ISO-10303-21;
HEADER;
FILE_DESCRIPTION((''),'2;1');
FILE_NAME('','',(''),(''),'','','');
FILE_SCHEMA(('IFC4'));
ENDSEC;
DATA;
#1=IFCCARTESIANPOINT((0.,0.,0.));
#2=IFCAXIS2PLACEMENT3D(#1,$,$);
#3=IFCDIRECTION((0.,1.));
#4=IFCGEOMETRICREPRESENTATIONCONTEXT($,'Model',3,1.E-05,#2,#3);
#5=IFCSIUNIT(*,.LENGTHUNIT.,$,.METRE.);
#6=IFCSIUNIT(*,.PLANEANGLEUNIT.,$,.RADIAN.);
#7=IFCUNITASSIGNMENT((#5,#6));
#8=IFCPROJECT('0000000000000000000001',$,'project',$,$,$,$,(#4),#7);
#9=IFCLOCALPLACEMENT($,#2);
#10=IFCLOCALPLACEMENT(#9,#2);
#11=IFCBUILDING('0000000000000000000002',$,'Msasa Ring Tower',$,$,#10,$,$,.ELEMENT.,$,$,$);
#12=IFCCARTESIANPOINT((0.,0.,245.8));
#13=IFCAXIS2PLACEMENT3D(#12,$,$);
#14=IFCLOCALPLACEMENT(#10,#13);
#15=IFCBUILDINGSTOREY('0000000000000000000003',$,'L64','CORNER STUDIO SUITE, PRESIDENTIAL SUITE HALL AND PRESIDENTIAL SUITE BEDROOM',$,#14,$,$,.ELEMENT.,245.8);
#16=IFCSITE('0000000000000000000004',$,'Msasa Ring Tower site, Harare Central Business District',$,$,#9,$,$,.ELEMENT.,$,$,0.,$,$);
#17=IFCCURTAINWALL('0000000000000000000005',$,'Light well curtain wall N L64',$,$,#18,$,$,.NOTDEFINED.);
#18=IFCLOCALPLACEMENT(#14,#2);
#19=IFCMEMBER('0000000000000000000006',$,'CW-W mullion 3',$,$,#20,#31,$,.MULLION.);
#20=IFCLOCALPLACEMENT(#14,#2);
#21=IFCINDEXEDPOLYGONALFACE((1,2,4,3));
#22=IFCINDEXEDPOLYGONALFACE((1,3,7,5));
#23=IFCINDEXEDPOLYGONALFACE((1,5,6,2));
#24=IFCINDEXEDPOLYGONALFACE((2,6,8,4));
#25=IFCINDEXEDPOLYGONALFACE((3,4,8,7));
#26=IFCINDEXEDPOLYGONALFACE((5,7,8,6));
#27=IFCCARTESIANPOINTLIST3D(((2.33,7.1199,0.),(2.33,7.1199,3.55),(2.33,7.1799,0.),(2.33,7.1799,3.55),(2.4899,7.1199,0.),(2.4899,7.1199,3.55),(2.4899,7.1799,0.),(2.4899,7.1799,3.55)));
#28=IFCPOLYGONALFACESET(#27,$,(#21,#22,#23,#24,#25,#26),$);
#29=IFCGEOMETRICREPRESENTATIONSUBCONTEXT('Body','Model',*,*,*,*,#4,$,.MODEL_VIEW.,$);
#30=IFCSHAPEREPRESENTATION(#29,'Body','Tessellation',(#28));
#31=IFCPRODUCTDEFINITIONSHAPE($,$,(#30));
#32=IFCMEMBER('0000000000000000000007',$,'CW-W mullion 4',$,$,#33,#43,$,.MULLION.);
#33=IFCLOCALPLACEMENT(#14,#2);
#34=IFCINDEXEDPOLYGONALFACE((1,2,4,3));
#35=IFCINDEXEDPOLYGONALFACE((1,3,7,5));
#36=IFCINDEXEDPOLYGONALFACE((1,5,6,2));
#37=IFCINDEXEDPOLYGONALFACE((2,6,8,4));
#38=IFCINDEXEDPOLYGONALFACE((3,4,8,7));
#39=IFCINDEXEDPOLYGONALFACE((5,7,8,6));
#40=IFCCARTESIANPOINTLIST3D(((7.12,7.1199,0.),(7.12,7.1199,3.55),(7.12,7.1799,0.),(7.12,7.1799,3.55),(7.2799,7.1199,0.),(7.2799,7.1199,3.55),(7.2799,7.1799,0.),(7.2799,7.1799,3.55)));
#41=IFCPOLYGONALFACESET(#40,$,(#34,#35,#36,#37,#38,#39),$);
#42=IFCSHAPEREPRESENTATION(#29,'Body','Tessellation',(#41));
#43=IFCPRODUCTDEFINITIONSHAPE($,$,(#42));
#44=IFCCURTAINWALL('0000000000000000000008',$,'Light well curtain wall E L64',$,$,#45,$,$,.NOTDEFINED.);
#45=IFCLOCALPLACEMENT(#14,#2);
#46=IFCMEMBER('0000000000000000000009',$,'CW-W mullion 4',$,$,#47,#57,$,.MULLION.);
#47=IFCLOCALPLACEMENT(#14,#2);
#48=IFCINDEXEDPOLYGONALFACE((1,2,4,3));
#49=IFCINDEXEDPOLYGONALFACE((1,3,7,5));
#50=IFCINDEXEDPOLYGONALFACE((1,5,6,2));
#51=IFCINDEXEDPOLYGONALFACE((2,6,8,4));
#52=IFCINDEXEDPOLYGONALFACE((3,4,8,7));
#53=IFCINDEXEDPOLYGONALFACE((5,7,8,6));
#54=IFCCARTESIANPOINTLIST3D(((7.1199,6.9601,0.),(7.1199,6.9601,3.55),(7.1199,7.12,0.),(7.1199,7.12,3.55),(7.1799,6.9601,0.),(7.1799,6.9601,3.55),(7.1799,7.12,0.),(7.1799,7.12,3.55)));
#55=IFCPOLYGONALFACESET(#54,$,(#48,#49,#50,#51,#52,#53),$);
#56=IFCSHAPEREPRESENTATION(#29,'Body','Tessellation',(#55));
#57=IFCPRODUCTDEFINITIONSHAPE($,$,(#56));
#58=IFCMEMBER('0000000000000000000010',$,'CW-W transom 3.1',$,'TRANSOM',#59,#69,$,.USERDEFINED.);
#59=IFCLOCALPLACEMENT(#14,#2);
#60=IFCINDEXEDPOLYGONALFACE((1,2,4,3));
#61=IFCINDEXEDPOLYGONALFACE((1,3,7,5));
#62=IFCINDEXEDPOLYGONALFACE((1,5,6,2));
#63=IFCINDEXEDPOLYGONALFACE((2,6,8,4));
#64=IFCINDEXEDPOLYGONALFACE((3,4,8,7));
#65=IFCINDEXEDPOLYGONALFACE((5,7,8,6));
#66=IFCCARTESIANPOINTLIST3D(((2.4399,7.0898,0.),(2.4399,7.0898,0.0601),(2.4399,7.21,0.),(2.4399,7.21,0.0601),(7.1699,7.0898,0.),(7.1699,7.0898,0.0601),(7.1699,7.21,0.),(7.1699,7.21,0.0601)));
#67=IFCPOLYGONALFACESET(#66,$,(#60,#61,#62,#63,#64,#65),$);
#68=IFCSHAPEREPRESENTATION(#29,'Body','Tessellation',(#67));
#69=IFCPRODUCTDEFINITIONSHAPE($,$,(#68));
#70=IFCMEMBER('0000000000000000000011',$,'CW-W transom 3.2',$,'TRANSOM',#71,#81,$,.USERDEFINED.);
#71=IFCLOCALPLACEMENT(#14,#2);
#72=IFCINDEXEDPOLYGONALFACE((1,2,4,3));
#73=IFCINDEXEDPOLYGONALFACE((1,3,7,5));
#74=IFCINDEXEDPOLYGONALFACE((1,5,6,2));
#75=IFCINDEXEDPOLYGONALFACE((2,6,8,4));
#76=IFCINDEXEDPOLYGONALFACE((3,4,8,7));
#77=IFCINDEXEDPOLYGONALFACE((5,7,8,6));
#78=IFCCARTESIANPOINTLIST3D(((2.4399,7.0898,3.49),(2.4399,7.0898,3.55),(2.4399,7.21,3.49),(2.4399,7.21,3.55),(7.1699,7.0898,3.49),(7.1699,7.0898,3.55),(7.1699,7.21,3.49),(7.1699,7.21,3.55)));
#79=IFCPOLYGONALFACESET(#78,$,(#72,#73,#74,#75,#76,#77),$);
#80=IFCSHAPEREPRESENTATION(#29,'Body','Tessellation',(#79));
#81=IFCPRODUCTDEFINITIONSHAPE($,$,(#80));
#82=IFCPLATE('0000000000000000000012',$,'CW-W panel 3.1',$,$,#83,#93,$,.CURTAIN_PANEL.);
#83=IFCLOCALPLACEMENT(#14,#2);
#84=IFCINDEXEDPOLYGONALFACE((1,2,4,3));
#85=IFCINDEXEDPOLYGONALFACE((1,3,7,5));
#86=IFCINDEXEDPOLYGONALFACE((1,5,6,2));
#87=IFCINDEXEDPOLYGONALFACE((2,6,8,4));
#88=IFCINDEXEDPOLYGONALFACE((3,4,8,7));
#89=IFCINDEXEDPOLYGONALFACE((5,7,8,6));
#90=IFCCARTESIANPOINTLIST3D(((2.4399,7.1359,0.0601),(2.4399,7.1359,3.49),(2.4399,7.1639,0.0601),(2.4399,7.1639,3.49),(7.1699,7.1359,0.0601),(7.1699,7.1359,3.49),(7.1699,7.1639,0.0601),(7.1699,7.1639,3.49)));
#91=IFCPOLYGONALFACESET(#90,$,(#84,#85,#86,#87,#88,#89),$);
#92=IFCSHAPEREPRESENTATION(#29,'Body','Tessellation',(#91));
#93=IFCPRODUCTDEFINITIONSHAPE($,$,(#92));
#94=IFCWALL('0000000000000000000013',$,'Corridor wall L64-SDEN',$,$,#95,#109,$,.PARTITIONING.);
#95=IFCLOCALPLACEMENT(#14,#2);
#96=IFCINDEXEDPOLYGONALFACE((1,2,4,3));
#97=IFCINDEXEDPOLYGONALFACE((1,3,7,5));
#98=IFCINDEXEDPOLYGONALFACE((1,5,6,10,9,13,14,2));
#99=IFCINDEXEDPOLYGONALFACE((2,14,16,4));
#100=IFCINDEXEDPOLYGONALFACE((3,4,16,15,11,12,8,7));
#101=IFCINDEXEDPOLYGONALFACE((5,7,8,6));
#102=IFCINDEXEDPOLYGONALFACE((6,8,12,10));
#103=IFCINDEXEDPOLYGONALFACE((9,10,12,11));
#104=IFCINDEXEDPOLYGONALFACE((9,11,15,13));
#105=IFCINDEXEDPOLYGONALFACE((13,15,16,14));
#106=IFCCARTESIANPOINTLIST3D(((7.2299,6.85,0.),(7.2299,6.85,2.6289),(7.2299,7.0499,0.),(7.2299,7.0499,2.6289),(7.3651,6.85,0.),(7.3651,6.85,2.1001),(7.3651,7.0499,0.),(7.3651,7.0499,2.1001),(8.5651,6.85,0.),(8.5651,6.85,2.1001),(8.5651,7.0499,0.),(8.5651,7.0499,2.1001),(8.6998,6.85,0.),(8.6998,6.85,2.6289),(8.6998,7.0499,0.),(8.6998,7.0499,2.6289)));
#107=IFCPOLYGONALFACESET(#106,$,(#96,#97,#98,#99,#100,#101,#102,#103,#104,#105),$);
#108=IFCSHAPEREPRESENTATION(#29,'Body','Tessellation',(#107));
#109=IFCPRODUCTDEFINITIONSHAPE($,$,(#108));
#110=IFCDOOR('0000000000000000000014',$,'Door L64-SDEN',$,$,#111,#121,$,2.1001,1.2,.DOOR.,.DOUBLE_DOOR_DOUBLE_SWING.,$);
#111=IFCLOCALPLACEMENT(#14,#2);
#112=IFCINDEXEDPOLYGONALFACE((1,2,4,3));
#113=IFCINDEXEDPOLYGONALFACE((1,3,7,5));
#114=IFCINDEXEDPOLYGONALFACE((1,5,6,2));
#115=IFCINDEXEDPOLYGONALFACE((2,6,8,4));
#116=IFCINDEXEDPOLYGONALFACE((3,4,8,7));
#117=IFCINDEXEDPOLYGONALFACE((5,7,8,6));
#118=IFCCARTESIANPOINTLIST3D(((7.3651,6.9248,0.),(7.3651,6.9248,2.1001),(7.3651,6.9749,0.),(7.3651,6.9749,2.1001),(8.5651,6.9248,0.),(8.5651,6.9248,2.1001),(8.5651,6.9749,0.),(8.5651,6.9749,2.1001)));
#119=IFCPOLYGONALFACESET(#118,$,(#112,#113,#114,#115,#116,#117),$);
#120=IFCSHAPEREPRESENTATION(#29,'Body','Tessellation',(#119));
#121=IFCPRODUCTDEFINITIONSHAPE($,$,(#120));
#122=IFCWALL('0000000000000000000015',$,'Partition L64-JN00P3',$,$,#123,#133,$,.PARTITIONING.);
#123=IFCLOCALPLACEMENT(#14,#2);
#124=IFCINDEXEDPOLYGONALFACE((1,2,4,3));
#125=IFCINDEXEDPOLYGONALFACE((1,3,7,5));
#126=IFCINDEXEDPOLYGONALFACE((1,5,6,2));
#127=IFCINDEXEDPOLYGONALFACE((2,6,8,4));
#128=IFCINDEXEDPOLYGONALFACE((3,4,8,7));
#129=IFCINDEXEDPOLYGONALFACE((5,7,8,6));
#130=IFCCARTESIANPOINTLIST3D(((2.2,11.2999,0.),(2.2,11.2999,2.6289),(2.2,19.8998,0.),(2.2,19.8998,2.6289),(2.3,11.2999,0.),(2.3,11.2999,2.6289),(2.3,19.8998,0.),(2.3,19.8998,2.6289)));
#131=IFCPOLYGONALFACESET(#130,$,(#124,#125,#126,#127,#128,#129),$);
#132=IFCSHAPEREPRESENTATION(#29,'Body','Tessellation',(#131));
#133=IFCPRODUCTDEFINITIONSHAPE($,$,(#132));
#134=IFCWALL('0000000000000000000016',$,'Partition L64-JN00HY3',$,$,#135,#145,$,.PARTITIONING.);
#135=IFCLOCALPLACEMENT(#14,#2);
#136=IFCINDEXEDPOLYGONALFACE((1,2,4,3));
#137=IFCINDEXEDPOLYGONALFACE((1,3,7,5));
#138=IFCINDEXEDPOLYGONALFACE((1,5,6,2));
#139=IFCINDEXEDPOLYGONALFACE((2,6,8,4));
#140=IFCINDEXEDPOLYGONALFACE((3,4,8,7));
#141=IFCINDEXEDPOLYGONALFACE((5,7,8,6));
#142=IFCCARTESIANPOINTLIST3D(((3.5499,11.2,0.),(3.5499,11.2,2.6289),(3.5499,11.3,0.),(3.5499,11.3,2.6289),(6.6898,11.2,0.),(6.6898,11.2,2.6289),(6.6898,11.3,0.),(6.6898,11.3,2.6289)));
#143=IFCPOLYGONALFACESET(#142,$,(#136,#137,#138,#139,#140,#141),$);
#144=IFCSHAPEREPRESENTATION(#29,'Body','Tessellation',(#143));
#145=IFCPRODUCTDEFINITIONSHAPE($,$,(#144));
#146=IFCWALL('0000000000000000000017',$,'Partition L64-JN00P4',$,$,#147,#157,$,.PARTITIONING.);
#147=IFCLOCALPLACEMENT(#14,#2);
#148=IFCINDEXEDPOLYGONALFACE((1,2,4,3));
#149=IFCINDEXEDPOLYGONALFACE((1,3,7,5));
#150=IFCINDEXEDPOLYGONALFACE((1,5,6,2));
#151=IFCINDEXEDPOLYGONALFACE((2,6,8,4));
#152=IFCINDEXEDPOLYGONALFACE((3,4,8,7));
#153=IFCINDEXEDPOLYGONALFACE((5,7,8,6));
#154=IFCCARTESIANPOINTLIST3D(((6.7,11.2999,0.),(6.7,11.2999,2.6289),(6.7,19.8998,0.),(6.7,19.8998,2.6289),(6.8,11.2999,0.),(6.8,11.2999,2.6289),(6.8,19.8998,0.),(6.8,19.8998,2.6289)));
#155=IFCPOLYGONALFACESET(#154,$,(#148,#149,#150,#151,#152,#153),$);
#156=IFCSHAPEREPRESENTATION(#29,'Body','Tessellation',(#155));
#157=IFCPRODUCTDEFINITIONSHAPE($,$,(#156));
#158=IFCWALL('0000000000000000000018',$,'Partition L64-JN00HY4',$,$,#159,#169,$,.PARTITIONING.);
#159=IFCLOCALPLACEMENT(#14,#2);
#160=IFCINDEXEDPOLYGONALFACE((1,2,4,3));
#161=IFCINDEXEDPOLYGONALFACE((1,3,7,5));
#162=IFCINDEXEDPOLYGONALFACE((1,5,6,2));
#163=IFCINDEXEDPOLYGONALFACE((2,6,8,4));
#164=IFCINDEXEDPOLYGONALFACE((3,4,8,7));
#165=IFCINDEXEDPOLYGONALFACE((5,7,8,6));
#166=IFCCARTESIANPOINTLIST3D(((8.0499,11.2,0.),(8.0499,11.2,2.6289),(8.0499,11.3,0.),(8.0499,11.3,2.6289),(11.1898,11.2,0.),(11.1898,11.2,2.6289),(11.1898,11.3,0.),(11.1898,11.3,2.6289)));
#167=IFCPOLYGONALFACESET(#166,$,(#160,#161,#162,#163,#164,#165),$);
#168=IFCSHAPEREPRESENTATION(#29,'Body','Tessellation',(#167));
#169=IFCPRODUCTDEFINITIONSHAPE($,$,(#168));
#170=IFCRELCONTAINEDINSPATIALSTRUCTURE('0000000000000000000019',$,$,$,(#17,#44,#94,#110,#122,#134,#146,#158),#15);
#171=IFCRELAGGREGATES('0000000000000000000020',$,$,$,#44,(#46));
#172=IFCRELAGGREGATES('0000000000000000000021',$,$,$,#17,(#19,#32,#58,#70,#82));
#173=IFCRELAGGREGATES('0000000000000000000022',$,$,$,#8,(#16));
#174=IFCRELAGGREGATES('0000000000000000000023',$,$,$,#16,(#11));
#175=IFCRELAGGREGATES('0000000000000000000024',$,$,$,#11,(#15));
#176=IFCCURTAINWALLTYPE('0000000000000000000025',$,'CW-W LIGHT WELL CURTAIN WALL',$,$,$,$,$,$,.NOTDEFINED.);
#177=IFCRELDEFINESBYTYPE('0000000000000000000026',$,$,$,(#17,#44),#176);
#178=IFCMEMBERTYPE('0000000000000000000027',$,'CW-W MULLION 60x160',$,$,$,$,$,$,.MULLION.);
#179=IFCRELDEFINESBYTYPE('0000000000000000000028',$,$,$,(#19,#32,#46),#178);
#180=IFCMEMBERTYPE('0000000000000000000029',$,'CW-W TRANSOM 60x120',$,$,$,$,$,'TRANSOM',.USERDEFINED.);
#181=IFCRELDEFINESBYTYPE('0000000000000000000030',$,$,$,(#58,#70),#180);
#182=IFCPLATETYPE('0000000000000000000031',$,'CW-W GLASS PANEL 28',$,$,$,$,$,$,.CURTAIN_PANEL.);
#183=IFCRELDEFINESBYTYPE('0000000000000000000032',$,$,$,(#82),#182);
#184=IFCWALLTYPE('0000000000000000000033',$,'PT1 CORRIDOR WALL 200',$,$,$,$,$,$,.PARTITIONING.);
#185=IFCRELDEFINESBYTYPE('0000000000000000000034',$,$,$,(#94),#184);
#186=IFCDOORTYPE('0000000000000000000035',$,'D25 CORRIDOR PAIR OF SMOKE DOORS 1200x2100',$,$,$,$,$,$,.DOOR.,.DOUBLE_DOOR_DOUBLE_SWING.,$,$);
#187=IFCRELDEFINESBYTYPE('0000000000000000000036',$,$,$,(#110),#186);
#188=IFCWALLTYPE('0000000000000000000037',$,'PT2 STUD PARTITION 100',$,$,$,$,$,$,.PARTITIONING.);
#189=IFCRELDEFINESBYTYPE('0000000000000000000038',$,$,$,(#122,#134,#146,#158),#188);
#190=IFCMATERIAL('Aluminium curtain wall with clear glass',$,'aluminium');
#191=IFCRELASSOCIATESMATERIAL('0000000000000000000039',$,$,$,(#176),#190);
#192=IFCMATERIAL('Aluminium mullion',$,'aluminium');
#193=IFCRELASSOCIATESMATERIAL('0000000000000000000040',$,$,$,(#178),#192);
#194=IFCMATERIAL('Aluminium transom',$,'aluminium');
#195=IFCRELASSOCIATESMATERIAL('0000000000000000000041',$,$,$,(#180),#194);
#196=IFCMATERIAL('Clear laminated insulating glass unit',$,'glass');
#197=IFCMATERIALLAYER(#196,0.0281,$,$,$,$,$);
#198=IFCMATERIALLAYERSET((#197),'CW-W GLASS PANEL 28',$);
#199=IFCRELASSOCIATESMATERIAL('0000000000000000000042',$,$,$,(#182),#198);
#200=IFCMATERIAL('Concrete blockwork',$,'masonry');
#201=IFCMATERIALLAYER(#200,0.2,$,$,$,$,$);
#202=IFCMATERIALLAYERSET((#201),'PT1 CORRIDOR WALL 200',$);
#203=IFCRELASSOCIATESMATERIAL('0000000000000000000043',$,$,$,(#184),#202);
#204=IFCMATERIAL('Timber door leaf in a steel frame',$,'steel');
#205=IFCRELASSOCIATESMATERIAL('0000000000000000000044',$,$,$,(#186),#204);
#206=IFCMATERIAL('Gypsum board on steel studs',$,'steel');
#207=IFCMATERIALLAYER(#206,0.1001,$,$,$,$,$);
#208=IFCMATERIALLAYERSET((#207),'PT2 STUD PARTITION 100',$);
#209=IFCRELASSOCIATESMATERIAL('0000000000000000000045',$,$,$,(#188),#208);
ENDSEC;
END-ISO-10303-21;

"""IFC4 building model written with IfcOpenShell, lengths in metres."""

from ifc_helpers import new_model, si_unit, direction, frame, frame_2d, origin, origin_2d, place, context, subcontext, project, spatial, rectangle, extrude, material, layer, layer_set, material_profile, profile_set, type_object, element, fill, aggregate, save


model = new_model("IFC4")

# Units and contexts
model_context = context("Model", 3, precision=1e-05, world=origin(), true_north=direction((0.0, 1.0)))
body_context = subcontext(model_context, "Body", "Model", "MODEL_VIEW")
ifc_project = project(units=[si_unit("LENGTHUNIT", "METRE"), si_unit("PLANEANGLEUNIT", "RADIAN")], contexts=[model_context])

# Site, building, storey
site_placement = place(None, origin())
site = spatial("IfcSite", under=ifc_project, at=site_placement, Name="Msasa Ring Tower site, Harare Central Business District", CompositionType="ELEMENT", RefElevation=0.0)
building_placement = place(site_placement, origin())
building = spatial("IfcBuilding", under=site, at=building_placement, Name="Msasa Ring Tower", CompositionType="ELEMENT")
storey_placement = place(building_placement, frame((0.0, 0.0, 245.8)))
storey = spatial("IfcBuildingStorey", under=building, at=storey_placement, Name="L64", Description="CORNER STUDIO SUITE, PRESIDENTIAL SUITE HALL AND PRESIDENTIAL SUITE BEDROOM", CompositionType="ELEMENT", Elevation=245.8)

# Curtain wall, members
ifc_material_1 = material(Name="Aluminium curtain wall with clear glass", Category="aluminium")
curtain_wall_type = type_object("IfcCurtainWallType", Name="CW-W LIGHT WELL CURTAIN WALL", PredefinedType="NOTDEFINED", material=ifc_material_1)
curtain_wall_1_placement = place(storey_placement, origin())
curtain_wall_1 = element("IfcCurtainWall", 1, at=curtain_wall_1_placement, inside=storey, type_object=curtain_wall_type, Name="Light well curtain wall N L64", PredefinedType="NOTDEFINED")
ifc_material_2 = material(Name="Aluminium mullion", Category="aluminium")
ifc_material_profile_1 = material_profile(ifc_material_2, rectangle(XDim=0.0601, YDim=0.1599, at=origin_2d()), Name="AL 60x160")
ifc_profile_set_1 = profile_set([ifc_material_profile_1], Name="Aluminium mullion")
member_type_1 = type_object("IfcMemberType", Name="CW-W MULLION 60x160", PredefinedType="MULLION", material=ifc_profile_set_1)
member_1_placement = place(storey_placement, frame((2.4099, 7.1499, 0.0), z_axis=(0.0, 0.0, 1.0), x_axis=(0.0, 1.0, 0.0)))
member_1 = element("IfcMember", 2, at=member_1_placement, type_object=member_type_1, Name="CW-W mullion 3", PredefinedType="MULLION", context=body_context, shape_type="SweptSolid", body=[
    extrude(rectangle(XDim=0.0601, YDim=0.1599, at=origin_2d()), origin(), (0.0, 0.0, 1.0), 3.55),
])
member_2_placement = place(storey_placement, frame((7.2, 7.1499, 0.0), z_axis=(0.0, 0.0, 1.0), x_axis=(0.0, 1.0, 0.0)))
member_2 = element("IfcMember", 3, at=member_2_placement, type_object=member_type_1, Name="CW-W mullion 4", PredefinedType="MULLION", context=body_context, shape_type="SweptSolid", body=[
    extrude(rectangle(XDim=0.0601, YDim=0.1599, at=origin_2d()), origin(), (0.0, 0.0, 1.0), 3.55),
])

# Curtain wall, member
curtain_wall_2_placement = place(storey_placement, origin())
curtain_wall_2 = element("IfcCurtainWall", 4, at=curtain_wall_2_placement, inside=storey, type_object=curtain_wall_type, Name="Light well curtain wall E L64", PredefinedType="NOTDEFINED")
member_3_placement = place(storey_placement, frame((7.1499, 7.04, 0.0), z_axis=(0.0, 0.0, 1.0), x_axis=(-1.0, 0.0, 0.0)))
member_3 = element("IfcMember", 5, at=member_3_placement, type_object=member_type_1, Name="CW-W mullion 4", PredefinedType="MULLION", context=body_context, shape_type="SweptSolid", body=[
    extrude(rectangle(XDim=0.0601, YDim=0.1599, at=origin_2d()), origin(), (0.0, 0.0, 1.0), 3.55),
])
aggregate(curtain_wall_2, [member_3])

# Members
ifc_material_3 = material(Name="Aluminium transom", Category="aluminium")
ifc_material_profile_2 = material_profile(ifc_material_3, rectangle(XDim=0.1201, YDim=0.0601, at=origin_2d()), Name="AL 60x120")
ifc_profile_set_2 = profile_set([ifc_material_profile_2], Name="Aluminium transom")
member_type_2 = type_object("IfcMemberType", Name="CW-W TRANSOM 60x120", ElementType="TRANSOM", PredefinedType="USERDEFINED", material=ifc_profile_set_2)
member_4_placement = place(storey_placement, frame((2.4399, 7.1499, 0.03), z_axis=(1.0, 0.0, 0.0), x_axis=(0.0, 1.0, 0.0)))
member_4 = element("IfcMember", 6, at=member_4_placement, type_object=member_type_2, Name="CW-W transom 3.1", ObjectType="TRANSOM", PredefinedType="USERDEFINED", context=body_context, shape_type="SweptSolid", body=[
    extrude(rectangle(XDim=0.1201, YDim=0.0601, at=origin_2d()), origin(), (0.0, 0.0, 1.0), 4.73),
])
member_5_placement = place(storey_placement, frame((2.4399, 7.1499, 3.52), z_axis=(1.0, 0.0, 0.0), x_axis=(0.0, 1.0, 0.0)))
member_5 = element("IfcMember", 7, at=member_5_placement, type_object=member_type_2, Name="CW-W transom 3.2", ObjectType="TRANSOM", PredefinedType="USERDEFINED", context=body_context, shape_type="SweptSolid", body=[
    extrude(rectangle(XDim=0.1201, YDim=0.0601, at=origin_2d()), origin(), (0.0, 0.0, 1.0), 4.73),
])

# Plate
ifc_material_4 = material(Name="Clear laminated insulating glass unit", Category="glass")
ifc_layer_1 = layer(ifc_material_4, 0.0281)
ifc_layer_set_1 = layer_set([ifc_layer_1], Name="CW-W GLASS PANEL 28")
plate_type = type_object("IfcPlateType", Name="CW-W GLASS PANEL 28", PredefinedType="CURTAIN_PANEL", material=ifc_layer_set_1)
plate_placement = place(storey_placement, frame((4.8049, 7.1499, 0.0601), z_axis=(0.0, 0.0, 1.0), x_axis=(1.0, 0.0, 0.0)))
plate = element("IfcPlate", 8, at=plate_placement, type_object=plate_type, Name="CW-W panel 3.1", PredefinedType="CURTAIN_PANEL", context=body_context, shape_type="SweptSolid", body=[
    extrude(rectangle(XDim=4.73, YDim=0.0281, at=origin_2d()), origin(), (0.0, 0.0, 1.0), 3.4299),
])
aggregate(curtain_wall_1, [member_1, member_2, member_4, member_5, plate])

# Wall, opening, door
ifc_material_5 = material(Name="Concrete blockwork", Category="masonry")
ifc_layer_2 = layer(ifc_material_5, 0.2)
ifc_layer_set_2 = layer_set([ifc_layer_2], Name="PT1 CORRIDOR WALL 200")
wall_type_1 = type_object("IfcWallType", Name="PT1 CORRIDOR WALL 200", PredefinedType="PARTITIONING", material=ifc_layer_set_2)
wall_1_placement = place(storey_placement, frame((7.23, 6.95, 0.0), z_axis=(0.0, 0.0, 1.0), x_axis=(1.0, 0.0, 0.0)))
wall_1 = element("IfcWall", 9, at=wall_1_placement, inside=storey, type_object=wall_type_1, Name="Corridor wall L64-SDEN", PredefinedType="PARTITIONING", context=body_context, shape_type="SweptSolid", body=[
    extrude(rectangle(XDim=1.47, YDim=0.2, at=frame_2d((0.7349, 0.0))), origin(), (0.0, 0.0, 1.0), 2.6289),
])
opening_1_placement = place(wall_1_placement, frame((0.135, 0.0, 0.0)))
opening_1 = element("IfcOpeningElement", 10, at=opening_1_placement, cuts=wall_1, PredefinedType="OPENING", context=body_context, shape_type="SweptSolid", body=[
    extrude(rectangle(XDim=1.2, YDim=2.1001, at=frame_2d((0.6001, 1.05))), frame((0.0, 0.1099, 0.0), z_axis=(0.0, -1.0, 0.0), x_axis=(1.0, 0.0, 0.0)), (0.0, 0.0, 1.0), 0.22),
])
ifc_material_6 = material(Name="Timber door leaf in a steel frame", Category="steel")
door_type_1 = type_object("IfcDoorType", Name="D25 CORRIDOR PAIR OF SMOKE DOORS 1200x2100", OperationType="DOUBLE_DOOR_DOUBLE_SWING", PredefinedType="DOOR", material=ifc_material_6)
door_1_placement = place(opening_1_placement, origin())
door_1 = element("IfcDoor", 11, at=door_1_placement, inside=storey, type_object=door_type_1, Name="Door L64-SDEN", OperationType="DOUBLE_DOOR_DOUBLE_SWING", OverallHeight=2.1001, OverallWidth=1.2, PredefinedType="DOOR", context=body_context, shape_type="SweptSolid", body=[
    extrude(rectangle(XDim=1.2, YDim=2.1001, at=frame_2d((0.6001, 1.05))), frame((0.0, 0.0249, 0.0), z_axis=(0.0, -1.0, 0.0), x_axis=(1.0, 0.0, 0.0)), (0.0, 0.0, 1.0), 0.05),
])
fill(opening_1, door_1)

# Walls
ifc_material_7 = material(Name="Gypsum board on steel studs", Category="steel")
ifc_layer_3 = layer(ifc_material_7, 0.1001)
ifc_layer_set_3 = layer_set([ifc_layer_3], Name="PT2 STUD PARTITION 100")
wall_type_2 = type_object("IfcWallType", Name="PT2 STUD PARTITION 100", PredefinedType="PARTITIONING", material=ifc_layer_set_3)
wall_2_placement = place(storey_placement, frame((2.25, 11.3, 0.0), z_axis=(0.0, 0.0, 1.0), x_axis=(0.0, 1.0, 0.0)))
element("IfcWall", 12, at=wall_2_placement, inside=storey, type_object=wall_type_2, Name="Partition L64-JN00P3", PredefinedType="PARTITIONING", context=body_context, shape_type="SweptSolid", body=[
    extrude(rectangle(XDim=8.5999, YDim=0.1001, at=frame_2d((4.2998, 0.0))), origin(), (0.0, 0.0, 1.0), 2.6289),
])
wall_3_placement = place(storey_placement, frame((3.55, 11.25, 0.0), z_axis=(0.0, 0.0, 1.0), x_axis=(1.0, 0.0, 0.0)))
element("IfcWall", 13, at=wall_3_placement, inside=storey, type_object=wall_type_2, Name="Partition L64-JN00HY3", PredefinedType="PARTITIONING", context=body_context, shape_type="SweptSolid", body=[
    extrude(rectangle(XDim=3.1399, YDim=0.1001, at=frame_2d((1.5698, 0.0))), origin(), (0.0, 0.0, 1.0), 2.6289),
])
wall_4_placement = place(storey_placement, frame((6.75, 11.3, 0.0), z_axis=(0.0, 0.0, 1.0), x_axis=(0.0, 1.0, 0.0)))
element("IfcWall", 14, at=wall_4_placement, inside=storey, type_object=wall_type_2, Name="Partition L64-JN00P4", PredefinedType="PARTITIONING", context=body_context, shape_type="SweptSolid", body=[
    extrude(rectangle(XDim=8.5999, YDim=0.1001, at=frame_2d((4.2998, 0.0))), origin(), (0.0, 0.0, 1.0), 2.6289),
])
wall_5_placement = place(storey_placement, frame((8.05, 11.25, 0.0), z_axis=(0.0, 0.0, 1.0), x_axis=(1.0, 0.0, 0.0)))
element("IfcWall", 15, at=wall_5_placement, inside=storey, type_object=wall_type_2, Name="Partition L64-JN00HY4", PredefinedType="PARTITIONING", context=body_context, shape_type="SweptSolid", body=[
    extrude(rectangle(XDim=3.1399, YDim=0.1001, at=frame_2d((1.5698, 0.0))), origin(), (0.0, 0.0, 1.0), 2.6289),
])

save(model, "model.ifc")
